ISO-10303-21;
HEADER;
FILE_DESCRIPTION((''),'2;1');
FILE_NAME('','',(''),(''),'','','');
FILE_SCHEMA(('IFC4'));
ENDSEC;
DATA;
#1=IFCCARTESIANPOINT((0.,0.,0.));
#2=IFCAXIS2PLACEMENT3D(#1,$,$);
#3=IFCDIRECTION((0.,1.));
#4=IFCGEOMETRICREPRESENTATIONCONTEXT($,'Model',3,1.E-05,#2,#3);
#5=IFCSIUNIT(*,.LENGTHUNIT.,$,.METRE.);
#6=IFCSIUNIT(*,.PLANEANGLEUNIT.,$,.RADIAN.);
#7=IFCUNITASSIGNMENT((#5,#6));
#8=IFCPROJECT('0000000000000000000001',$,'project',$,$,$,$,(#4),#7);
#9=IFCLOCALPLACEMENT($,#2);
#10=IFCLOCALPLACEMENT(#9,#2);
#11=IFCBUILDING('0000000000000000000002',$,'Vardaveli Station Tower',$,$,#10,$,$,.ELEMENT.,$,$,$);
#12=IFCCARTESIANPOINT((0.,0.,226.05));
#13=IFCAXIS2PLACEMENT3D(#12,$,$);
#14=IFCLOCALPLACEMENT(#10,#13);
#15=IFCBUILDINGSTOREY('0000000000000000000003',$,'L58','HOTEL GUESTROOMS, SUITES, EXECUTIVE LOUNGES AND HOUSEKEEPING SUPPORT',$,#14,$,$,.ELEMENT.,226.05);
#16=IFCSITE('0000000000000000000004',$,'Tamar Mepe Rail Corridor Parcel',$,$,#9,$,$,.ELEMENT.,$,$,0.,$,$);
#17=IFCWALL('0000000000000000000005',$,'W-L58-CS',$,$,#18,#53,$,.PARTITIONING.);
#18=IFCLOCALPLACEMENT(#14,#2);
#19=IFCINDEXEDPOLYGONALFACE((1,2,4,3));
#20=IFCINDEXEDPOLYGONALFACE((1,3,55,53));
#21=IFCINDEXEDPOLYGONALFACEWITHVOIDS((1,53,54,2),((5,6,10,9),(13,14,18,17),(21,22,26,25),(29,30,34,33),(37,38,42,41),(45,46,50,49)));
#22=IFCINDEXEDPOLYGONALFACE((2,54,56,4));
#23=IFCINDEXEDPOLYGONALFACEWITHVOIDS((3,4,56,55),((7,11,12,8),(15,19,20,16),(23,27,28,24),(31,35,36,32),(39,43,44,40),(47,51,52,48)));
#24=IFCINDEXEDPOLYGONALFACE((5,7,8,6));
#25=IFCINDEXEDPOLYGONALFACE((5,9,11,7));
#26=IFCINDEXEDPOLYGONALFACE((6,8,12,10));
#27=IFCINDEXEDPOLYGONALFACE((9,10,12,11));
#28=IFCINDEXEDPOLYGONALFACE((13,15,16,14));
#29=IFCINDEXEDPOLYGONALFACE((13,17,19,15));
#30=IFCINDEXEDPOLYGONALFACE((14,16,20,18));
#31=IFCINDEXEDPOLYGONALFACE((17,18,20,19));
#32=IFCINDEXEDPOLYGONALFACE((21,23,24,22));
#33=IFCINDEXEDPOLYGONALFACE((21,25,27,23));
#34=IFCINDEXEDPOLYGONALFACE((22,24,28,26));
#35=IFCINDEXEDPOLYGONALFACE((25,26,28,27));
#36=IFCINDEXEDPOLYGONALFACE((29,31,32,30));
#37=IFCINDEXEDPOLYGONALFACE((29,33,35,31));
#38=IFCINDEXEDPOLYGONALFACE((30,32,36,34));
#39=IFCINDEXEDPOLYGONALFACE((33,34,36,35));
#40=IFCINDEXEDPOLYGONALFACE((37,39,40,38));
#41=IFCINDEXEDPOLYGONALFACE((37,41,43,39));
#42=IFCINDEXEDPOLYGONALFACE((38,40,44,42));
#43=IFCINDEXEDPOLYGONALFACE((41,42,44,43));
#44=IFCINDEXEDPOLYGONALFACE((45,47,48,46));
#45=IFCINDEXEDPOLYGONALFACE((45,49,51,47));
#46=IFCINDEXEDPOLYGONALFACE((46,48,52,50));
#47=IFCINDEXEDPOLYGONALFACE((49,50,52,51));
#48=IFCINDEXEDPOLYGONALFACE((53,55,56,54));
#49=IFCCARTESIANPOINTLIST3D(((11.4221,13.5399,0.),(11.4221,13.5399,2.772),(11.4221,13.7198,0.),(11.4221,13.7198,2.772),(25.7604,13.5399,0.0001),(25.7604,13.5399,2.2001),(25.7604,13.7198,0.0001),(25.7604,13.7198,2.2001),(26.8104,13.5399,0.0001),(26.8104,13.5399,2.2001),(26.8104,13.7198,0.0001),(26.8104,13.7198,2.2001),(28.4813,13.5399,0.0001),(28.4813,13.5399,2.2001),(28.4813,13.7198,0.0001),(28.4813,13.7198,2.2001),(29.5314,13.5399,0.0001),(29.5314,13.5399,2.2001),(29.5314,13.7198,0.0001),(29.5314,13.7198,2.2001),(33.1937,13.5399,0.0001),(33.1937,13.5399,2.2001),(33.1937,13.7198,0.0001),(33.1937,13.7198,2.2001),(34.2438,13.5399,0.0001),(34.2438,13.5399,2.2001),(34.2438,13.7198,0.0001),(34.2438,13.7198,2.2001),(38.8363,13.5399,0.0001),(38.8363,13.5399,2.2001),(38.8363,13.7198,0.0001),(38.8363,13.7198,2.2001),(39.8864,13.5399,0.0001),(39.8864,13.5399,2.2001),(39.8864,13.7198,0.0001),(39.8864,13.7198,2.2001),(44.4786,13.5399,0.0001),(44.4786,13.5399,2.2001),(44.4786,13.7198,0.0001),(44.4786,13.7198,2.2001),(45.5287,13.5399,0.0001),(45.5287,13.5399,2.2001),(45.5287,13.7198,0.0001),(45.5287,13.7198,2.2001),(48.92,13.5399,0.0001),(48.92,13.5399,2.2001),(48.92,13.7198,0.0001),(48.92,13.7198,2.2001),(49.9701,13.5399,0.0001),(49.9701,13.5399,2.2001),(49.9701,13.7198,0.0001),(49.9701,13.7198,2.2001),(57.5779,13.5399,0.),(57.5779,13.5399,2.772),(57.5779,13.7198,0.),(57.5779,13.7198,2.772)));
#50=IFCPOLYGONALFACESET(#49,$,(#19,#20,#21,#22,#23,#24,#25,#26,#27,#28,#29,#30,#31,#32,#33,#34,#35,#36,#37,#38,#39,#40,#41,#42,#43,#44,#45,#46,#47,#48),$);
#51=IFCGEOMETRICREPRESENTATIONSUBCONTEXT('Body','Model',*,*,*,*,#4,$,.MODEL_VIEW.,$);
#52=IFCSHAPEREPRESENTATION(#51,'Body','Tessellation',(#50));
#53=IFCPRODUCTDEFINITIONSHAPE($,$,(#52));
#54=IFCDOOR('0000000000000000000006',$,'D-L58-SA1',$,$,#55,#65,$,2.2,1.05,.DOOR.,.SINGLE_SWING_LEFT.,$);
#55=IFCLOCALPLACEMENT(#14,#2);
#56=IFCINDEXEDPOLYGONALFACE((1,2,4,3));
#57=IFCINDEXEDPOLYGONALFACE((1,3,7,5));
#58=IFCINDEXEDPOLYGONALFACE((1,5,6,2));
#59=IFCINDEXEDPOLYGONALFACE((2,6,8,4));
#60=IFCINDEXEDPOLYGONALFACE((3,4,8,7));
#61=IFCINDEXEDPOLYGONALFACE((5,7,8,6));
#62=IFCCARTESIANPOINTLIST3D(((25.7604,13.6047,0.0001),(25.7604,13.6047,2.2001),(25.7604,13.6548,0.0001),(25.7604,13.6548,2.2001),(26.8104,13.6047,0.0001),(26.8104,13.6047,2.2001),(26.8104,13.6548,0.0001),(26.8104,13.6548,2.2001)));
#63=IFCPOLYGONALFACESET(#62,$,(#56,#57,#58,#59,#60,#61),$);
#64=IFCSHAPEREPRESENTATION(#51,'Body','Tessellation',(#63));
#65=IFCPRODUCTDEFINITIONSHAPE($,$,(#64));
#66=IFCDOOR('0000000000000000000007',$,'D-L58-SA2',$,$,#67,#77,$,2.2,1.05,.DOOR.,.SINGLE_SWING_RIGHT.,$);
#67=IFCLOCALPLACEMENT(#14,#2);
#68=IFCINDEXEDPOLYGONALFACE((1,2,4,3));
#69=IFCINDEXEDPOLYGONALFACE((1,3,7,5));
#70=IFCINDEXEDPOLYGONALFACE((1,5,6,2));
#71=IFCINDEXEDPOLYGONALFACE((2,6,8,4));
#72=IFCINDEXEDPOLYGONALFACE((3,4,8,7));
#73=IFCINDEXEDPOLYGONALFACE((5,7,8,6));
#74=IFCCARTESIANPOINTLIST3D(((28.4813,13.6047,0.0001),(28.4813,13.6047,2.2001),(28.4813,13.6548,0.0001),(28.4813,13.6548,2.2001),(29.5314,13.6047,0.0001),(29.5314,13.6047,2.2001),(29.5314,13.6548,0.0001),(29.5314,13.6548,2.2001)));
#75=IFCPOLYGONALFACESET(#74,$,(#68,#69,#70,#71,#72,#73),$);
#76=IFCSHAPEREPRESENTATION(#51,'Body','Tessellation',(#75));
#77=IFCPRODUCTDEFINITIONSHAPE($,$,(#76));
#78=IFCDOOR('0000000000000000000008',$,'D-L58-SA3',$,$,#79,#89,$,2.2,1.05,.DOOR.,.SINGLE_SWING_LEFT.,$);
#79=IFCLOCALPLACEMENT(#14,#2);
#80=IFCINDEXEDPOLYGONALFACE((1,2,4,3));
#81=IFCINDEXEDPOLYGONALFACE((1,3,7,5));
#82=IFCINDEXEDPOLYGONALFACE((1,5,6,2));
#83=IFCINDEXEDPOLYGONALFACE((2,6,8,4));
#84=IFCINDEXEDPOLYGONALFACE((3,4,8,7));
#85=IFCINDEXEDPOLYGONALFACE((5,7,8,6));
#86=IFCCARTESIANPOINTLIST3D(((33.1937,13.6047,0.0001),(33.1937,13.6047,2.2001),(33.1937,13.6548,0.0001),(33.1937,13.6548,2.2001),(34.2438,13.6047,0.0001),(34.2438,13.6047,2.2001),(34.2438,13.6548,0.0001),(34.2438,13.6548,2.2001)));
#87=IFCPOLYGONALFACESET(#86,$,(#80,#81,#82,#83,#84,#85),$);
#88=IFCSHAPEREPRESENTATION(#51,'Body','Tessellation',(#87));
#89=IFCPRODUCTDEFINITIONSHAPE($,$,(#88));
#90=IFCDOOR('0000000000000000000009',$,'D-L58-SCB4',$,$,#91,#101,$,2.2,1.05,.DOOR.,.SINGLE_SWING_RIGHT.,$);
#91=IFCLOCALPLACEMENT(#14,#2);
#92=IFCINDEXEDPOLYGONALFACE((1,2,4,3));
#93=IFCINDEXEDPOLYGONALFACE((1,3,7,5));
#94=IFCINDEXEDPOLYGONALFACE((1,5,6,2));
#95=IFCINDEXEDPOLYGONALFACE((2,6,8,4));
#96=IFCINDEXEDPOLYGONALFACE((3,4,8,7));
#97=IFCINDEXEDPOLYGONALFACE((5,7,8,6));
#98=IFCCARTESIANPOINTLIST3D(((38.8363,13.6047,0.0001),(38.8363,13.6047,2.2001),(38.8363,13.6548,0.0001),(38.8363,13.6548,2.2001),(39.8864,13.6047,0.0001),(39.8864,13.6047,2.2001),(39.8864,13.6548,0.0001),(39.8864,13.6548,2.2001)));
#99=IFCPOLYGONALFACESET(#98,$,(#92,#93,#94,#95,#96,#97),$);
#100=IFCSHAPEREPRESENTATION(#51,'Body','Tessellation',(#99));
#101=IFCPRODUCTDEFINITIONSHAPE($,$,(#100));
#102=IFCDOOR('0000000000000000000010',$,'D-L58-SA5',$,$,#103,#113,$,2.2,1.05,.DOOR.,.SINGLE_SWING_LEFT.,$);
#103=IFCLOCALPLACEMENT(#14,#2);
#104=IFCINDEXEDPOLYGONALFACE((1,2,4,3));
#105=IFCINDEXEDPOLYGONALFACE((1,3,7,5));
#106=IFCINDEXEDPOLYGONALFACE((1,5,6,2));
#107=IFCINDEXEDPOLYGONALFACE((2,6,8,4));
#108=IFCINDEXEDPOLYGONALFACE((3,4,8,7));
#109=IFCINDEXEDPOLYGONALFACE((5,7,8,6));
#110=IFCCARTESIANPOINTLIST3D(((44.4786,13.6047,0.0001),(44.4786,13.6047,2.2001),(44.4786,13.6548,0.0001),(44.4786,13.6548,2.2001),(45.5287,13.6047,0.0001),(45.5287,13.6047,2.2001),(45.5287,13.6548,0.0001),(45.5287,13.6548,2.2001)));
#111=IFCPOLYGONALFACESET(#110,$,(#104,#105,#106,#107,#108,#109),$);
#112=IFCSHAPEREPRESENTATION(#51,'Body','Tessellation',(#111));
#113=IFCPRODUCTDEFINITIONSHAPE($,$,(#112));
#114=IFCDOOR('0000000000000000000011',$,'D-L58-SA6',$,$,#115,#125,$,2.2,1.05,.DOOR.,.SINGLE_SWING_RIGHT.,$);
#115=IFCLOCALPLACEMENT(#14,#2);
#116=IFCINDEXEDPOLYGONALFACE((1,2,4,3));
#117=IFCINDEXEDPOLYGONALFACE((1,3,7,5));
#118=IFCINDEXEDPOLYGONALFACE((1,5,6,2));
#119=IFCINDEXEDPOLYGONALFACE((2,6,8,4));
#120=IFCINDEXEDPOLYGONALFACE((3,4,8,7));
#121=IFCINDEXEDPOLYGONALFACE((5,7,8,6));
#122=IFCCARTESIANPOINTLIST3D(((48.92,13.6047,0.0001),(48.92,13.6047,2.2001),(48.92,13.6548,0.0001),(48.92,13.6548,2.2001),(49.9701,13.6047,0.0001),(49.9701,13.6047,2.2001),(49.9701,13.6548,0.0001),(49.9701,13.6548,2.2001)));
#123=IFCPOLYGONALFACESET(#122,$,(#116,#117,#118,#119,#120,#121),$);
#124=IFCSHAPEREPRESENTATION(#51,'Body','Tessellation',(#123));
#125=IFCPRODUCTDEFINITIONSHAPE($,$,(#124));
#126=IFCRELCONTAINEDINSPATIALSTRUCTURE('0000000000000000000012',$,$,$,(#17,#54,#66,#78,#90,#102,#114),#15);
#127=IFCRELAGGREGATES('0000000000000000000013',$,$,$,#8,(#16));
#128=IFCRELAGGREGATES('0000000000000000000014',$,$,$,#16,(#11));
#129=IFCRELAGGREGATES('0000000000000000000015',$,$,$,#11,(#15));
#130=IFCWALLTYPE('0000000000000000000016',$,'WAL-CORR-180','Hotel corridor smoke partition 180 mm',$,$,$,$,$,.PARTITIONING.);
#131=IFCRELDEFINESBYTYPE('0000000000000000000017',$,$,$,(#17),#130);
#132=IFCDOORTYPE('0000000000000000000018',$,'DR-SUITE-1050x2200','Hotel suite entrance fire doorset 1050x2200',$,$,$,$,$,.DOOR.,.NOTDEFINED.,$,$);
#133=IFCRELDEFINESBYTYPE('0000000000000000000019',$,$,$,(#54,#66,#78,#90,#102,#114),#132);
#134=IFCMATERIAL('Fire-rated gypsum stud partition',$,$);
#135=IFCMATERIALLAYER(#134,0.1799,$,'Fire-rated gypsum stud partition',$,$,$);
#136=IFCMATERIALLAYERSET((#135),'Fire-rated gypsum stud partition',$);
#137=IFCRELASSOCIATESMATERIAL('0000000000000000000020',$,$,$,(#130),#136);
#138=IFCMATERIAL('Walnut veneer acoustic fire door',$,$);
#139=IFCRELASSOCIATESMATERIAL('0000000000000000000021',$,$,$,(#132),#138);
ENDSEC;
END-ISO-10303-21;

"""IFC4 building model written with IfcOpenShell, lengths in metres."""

from ifc_helpers import new_model, si_unit, direction, frame, frame_2d, origin, place, context, subcontext, project, spatial, rectangle, extrude, source, transform, mapped, material, layer, layer_set, type_object, element, fill, save


model = new_model("IFC4")

# Units and contexts
model_context = context("Model", 3, precision=1e-05, world=origin(), true_north=direction((0.0, 1.0)))
body_context = subcontext(model_context, "Body", "Model", "MODEL_VIEW")
ifc_project = project(units=[si_unit("LENGTHUNIT", "METRE"), si_unit("PLANEANGLEUNIT", "RADIAN")], contexts=[model_context])

# Site, building, storey
site_placement = place(None, origin())
site = spatial("IfcSite", under=ifc_project, at=site_placement, Name="Tamar Mepe Rail Corridor Parcel", CompositionType="ELEMENT", RefElevation=0.0)
building_placement = place(site_placement, origin())
building = spatial("IfcBuilding", under=site, at=building_placement, Name="Vardaveli Station Tower", CompositionType="ELEMENT")
storey_placement = place(building_placement, frame((0.0, 0.0, 226.05)))
storey = spatial("IfcBuildingStorey", under=building, at=storey_placement, Name="L58", Description="HOTEL GUESTROOMS, SUITES, EXECUTIVE LOUNGES AND HOUSEKEEPING SUPPORT", CompositionType="ELEMENT", Elevation=226.05)

# Wall, openings, doors
ifc_material_1 = material(Name="Fire-rated gypsum stud partition")
ifc_layer_1 = layer(ifc_material_1, 0.1799, Name="Fire-rated gypsum stud partition")
ifc_layer_set_1 = layer_set([ifc_layer_1], Name="Fire-rated gypsum stud partition")
wall_type_1 = type_object("IfcWallType", Name="WAL-CORR-180", Description="Hotel corridor smoke partition 180 mm", PredefinedType="PARTITIONING", material=ifc_layer_set_1)
shared_shape_1 = source(origin(), body_context, "Body", "SweptSolid", [
    extrude(rectangle(XDim=46.1558, YDim=0.1799, at=frame_2d((23.0779, 0.0))), origin(), (0.0, 0.0, 1.0), 2.772),
])
wall_1_placement = place(storey_placement, frame((11.4221, 13.6299, 0.0), z_axis=(0.0, 0.0, 1.0), x_axis=(1.0, 0.0, 0.0)))
wall_1 = element("IfcWall", 1, at=wall_1_placement, inside=storey, type_object=wall_type_1, Name="W-L58-CS", PredefinedType="PARTITIONING", context=body_context, shape_type="MappedRepresentation", body=[
    mapped(shared_shape_1, transform((0.0, 0.0, 0.0), scale=1.0)),
])
shared_shape_2 = source(origin(), body_context, "Body", "SweptSolid", [
    extrude(rectangle(XDim=1.05, YDim=2.2, at=frame_2d((0.5249, 1.1001))), frame((0.0, 0.1001, 0.0), z_axis=(0.0, -1.0, 0.0), x_axis=(1.0, 0.0, 0.0)), (0.0, 0.0, 1.0), 0.2),
])
opening_1_placement = place(wall_1_placement, frame((14.3384, 0.0, 0.0)))
opening_1 = element("IfcOpeningElement", 2, at=opening_1_placement, cuts=wall_1, PredefinedType="OPENING", context=body_context, shape_type="MappedRepresentation", body=[
    mapped(shared_shape_2, transform((0.0, 0.0, 0.0), scale=1.0)),
])
opening_2_placement = place(wall_1_placement, frame((17.0593, 0.0, 0.0)))
opening_2 = element("IfcOpeningElement", 3, at=opening_2_placement, cuts=wall_1, PredefinedType="OPENING", context=body_context, shape_type="MappedRepresentation", body=[
    mapped(shared_shape_2, transform((0.0, 0.0, 0.0), scale=1.0)),
])
opening_3_placement = place(wall_1_placement, frame((21.7717, 0.0, 0.0)))
opening_3 = element("IfcOpeningElement", 4, at=opening_3_placement, cuts=wall_1, PredefinedType="OPENING", context=body_context, shape_type="MappedRepresentation", body=[
    mapped(shared_shape_2, transform((0.0, 0.0, 0.0), scale=1.0)),
])
opening_4_placement = place(wall_1_placement, frame((27.4143, 0.0, 0.0)))
opening_4 = element("IfcOpeningElement", 5, at=opening_4_placement, cuts=wall_1, PredefinedType="OPENING", context=body_context, shape_type="MappedRepresentation", body=[
    mapped(shared_shape_2, transform((0.0, 0.0, 0.0), scale=1.0)),
])
opening_5_placement = place(wall_1_placement, frame((33.0566, 0.0, 0.0)))
opening_5 = element("IfcOpeningElement", 6, at=opening_5_placement, cuts=wall_1, PredefinedType="OPENING", context=body_context, shape_type="MappedRepresentation", body=[
    mapped(shared_shape_2, transform((0.0, 0.0, 0.0), scale=1.0)),
])
opening_6_placement = place(wall_1_placement, frame((37.498, 0.0, 0.0)))
opening_6 = element("IfcOpeningElement", 7, at=opening_6_placement, cuts=wall_1, PredefinedType="OPENING", context=body_context, shape_type="MappedRepresentation", body=[
    mapped(shared_shape_2, transform((0.0, 0.0, 0.0), scale=1.0)),
])
ifc_material_2 = material(Name="Walnut veneer acoustic fire door")
door_type = type_object("IfcDoorType", Name="DR-SUITE-1050x2200", Description="Hotel suite entrance fire doorset 1050x2200", OperationType="NOTDEFINED", PredefinedType="DOOR", material=ifc_material_2)
shared_shape_3 = source(origin(), body_context, "Body", "SweptSolid", [
    extrude(rectangle(XDim=1.05, YDim=2.2, at=frame_2d((0.5249, 1.1001))), frame((0.0, 0.0249, 0.0), z_axis=(0.0, -1.0, 0.0), x_axis=(1.0, 0.0, 0.0)), (0.0, 0.0, 1.0), 0.05),
])
door_1_placement = place(opening_1_placement, origin())
door_1 = element("IfcDoor", 8, at=door_1_placement, inside=storey, type_object=door_type, Name="D-L58-SA1", OperationType="SINGLE_SWING_LEFT", OverallHeight=2.2, OverallWidth=1.05, PredefinedType="DOOR", context=body_context, shape_type="MappedRepresentation", body=[
    mapped(shared_shape_3, transform((0.0, 0.0, 0.0), scale=1.0)),
])
fill(opening_1, door_1)
door_2_placement = place(opening_2_placement, origin())
door_2 = element("IfcDoor", 9, at=door_2_placement, inside=storey, type_object=door_type, Name="D-L58-SA2", OperationType="SINGLE_SWING_RIGHT", OverallHeight=2.2, OverallWidth=1.05, PredefinedType="DOOR", context=body_context, shape_type="MappedRepresentation", body=[
    mapped(shared_shape_3, transform((0.0, 0.0, 0.0), scale=1.0)),
])
fill(opening_2, door_2)
door_3_placement = place(opening_3_placement, origin())
door_3 = element("IfcDoor", 10, at=door_3_placement, inside=storey, type_object=door_type, Name="D-L58-SA3", OperationType="SINGLE_SWING_LEFT", OverallHeight=2.2, OverallWidth=1.05, PredefinedType="DOOR", context=body_context, shape_type="MappedRepresentation", body=[
    mapped(shared_shape_3, transform((0.0, 0.0, 0.0), scale=1.0)),
])
fill(opening_3, door_3)
door_4_placement = place(opening_4_placement, origin())
door_4 = element("IfcDoor", 11, at=door_4_placement, inside=storey, type_object=door_type, Name="D-L58-SCB4", OperationType="SINGLE_SWING_RIGHT", OverallHeight=2.2, OverallWidth=1.05, PredefinedType="DOOR", context=body_context, shape_type="MappedRepresentation", body=[
    mapped(shared_shape_3, transform((0.0, 0.0, 0.0), scale=1.0)),
])
fill(opening_4, door_4)
door_5_placement = place(opening_5_placement, origin())
door_5 = element("IfcDoor", 12, at=door_5_placement, inside=storey, type_object=door_type, Name="D-L58-SA5", OperationType="SINGLE_SWING_LEFT", OverallHeight=2.2, OverallWidth=1.05, PredefinedType="DOOR", context=body_context, shape_type="MappedRepresentation", body=[
    mapped(shared_shape_3, transform((0.0, 0.0, 0.0), scale=1.0)),
])
fill(opening_5, door_5)
door_6_placement = place(opening_6_placement, origin())
door_6 = element("IfcDoor", 13, at=door_6_placement, inside=storey, type_object=door_type, Name="D-L58-SA6", OperationType="SINGLE_SWING_RIGHT", OverallHeight=2.2, OverallWidth=1.05, PredefinedType="DOOR", context=body_context, shape_type="MappedRepresentation", body=[
    mapped(shared_shape_3, transform((0.0, 0.0, 0.0), scale=1.0)),
])
fill(opening_6, door_6)

save(model, "model.ifc")
